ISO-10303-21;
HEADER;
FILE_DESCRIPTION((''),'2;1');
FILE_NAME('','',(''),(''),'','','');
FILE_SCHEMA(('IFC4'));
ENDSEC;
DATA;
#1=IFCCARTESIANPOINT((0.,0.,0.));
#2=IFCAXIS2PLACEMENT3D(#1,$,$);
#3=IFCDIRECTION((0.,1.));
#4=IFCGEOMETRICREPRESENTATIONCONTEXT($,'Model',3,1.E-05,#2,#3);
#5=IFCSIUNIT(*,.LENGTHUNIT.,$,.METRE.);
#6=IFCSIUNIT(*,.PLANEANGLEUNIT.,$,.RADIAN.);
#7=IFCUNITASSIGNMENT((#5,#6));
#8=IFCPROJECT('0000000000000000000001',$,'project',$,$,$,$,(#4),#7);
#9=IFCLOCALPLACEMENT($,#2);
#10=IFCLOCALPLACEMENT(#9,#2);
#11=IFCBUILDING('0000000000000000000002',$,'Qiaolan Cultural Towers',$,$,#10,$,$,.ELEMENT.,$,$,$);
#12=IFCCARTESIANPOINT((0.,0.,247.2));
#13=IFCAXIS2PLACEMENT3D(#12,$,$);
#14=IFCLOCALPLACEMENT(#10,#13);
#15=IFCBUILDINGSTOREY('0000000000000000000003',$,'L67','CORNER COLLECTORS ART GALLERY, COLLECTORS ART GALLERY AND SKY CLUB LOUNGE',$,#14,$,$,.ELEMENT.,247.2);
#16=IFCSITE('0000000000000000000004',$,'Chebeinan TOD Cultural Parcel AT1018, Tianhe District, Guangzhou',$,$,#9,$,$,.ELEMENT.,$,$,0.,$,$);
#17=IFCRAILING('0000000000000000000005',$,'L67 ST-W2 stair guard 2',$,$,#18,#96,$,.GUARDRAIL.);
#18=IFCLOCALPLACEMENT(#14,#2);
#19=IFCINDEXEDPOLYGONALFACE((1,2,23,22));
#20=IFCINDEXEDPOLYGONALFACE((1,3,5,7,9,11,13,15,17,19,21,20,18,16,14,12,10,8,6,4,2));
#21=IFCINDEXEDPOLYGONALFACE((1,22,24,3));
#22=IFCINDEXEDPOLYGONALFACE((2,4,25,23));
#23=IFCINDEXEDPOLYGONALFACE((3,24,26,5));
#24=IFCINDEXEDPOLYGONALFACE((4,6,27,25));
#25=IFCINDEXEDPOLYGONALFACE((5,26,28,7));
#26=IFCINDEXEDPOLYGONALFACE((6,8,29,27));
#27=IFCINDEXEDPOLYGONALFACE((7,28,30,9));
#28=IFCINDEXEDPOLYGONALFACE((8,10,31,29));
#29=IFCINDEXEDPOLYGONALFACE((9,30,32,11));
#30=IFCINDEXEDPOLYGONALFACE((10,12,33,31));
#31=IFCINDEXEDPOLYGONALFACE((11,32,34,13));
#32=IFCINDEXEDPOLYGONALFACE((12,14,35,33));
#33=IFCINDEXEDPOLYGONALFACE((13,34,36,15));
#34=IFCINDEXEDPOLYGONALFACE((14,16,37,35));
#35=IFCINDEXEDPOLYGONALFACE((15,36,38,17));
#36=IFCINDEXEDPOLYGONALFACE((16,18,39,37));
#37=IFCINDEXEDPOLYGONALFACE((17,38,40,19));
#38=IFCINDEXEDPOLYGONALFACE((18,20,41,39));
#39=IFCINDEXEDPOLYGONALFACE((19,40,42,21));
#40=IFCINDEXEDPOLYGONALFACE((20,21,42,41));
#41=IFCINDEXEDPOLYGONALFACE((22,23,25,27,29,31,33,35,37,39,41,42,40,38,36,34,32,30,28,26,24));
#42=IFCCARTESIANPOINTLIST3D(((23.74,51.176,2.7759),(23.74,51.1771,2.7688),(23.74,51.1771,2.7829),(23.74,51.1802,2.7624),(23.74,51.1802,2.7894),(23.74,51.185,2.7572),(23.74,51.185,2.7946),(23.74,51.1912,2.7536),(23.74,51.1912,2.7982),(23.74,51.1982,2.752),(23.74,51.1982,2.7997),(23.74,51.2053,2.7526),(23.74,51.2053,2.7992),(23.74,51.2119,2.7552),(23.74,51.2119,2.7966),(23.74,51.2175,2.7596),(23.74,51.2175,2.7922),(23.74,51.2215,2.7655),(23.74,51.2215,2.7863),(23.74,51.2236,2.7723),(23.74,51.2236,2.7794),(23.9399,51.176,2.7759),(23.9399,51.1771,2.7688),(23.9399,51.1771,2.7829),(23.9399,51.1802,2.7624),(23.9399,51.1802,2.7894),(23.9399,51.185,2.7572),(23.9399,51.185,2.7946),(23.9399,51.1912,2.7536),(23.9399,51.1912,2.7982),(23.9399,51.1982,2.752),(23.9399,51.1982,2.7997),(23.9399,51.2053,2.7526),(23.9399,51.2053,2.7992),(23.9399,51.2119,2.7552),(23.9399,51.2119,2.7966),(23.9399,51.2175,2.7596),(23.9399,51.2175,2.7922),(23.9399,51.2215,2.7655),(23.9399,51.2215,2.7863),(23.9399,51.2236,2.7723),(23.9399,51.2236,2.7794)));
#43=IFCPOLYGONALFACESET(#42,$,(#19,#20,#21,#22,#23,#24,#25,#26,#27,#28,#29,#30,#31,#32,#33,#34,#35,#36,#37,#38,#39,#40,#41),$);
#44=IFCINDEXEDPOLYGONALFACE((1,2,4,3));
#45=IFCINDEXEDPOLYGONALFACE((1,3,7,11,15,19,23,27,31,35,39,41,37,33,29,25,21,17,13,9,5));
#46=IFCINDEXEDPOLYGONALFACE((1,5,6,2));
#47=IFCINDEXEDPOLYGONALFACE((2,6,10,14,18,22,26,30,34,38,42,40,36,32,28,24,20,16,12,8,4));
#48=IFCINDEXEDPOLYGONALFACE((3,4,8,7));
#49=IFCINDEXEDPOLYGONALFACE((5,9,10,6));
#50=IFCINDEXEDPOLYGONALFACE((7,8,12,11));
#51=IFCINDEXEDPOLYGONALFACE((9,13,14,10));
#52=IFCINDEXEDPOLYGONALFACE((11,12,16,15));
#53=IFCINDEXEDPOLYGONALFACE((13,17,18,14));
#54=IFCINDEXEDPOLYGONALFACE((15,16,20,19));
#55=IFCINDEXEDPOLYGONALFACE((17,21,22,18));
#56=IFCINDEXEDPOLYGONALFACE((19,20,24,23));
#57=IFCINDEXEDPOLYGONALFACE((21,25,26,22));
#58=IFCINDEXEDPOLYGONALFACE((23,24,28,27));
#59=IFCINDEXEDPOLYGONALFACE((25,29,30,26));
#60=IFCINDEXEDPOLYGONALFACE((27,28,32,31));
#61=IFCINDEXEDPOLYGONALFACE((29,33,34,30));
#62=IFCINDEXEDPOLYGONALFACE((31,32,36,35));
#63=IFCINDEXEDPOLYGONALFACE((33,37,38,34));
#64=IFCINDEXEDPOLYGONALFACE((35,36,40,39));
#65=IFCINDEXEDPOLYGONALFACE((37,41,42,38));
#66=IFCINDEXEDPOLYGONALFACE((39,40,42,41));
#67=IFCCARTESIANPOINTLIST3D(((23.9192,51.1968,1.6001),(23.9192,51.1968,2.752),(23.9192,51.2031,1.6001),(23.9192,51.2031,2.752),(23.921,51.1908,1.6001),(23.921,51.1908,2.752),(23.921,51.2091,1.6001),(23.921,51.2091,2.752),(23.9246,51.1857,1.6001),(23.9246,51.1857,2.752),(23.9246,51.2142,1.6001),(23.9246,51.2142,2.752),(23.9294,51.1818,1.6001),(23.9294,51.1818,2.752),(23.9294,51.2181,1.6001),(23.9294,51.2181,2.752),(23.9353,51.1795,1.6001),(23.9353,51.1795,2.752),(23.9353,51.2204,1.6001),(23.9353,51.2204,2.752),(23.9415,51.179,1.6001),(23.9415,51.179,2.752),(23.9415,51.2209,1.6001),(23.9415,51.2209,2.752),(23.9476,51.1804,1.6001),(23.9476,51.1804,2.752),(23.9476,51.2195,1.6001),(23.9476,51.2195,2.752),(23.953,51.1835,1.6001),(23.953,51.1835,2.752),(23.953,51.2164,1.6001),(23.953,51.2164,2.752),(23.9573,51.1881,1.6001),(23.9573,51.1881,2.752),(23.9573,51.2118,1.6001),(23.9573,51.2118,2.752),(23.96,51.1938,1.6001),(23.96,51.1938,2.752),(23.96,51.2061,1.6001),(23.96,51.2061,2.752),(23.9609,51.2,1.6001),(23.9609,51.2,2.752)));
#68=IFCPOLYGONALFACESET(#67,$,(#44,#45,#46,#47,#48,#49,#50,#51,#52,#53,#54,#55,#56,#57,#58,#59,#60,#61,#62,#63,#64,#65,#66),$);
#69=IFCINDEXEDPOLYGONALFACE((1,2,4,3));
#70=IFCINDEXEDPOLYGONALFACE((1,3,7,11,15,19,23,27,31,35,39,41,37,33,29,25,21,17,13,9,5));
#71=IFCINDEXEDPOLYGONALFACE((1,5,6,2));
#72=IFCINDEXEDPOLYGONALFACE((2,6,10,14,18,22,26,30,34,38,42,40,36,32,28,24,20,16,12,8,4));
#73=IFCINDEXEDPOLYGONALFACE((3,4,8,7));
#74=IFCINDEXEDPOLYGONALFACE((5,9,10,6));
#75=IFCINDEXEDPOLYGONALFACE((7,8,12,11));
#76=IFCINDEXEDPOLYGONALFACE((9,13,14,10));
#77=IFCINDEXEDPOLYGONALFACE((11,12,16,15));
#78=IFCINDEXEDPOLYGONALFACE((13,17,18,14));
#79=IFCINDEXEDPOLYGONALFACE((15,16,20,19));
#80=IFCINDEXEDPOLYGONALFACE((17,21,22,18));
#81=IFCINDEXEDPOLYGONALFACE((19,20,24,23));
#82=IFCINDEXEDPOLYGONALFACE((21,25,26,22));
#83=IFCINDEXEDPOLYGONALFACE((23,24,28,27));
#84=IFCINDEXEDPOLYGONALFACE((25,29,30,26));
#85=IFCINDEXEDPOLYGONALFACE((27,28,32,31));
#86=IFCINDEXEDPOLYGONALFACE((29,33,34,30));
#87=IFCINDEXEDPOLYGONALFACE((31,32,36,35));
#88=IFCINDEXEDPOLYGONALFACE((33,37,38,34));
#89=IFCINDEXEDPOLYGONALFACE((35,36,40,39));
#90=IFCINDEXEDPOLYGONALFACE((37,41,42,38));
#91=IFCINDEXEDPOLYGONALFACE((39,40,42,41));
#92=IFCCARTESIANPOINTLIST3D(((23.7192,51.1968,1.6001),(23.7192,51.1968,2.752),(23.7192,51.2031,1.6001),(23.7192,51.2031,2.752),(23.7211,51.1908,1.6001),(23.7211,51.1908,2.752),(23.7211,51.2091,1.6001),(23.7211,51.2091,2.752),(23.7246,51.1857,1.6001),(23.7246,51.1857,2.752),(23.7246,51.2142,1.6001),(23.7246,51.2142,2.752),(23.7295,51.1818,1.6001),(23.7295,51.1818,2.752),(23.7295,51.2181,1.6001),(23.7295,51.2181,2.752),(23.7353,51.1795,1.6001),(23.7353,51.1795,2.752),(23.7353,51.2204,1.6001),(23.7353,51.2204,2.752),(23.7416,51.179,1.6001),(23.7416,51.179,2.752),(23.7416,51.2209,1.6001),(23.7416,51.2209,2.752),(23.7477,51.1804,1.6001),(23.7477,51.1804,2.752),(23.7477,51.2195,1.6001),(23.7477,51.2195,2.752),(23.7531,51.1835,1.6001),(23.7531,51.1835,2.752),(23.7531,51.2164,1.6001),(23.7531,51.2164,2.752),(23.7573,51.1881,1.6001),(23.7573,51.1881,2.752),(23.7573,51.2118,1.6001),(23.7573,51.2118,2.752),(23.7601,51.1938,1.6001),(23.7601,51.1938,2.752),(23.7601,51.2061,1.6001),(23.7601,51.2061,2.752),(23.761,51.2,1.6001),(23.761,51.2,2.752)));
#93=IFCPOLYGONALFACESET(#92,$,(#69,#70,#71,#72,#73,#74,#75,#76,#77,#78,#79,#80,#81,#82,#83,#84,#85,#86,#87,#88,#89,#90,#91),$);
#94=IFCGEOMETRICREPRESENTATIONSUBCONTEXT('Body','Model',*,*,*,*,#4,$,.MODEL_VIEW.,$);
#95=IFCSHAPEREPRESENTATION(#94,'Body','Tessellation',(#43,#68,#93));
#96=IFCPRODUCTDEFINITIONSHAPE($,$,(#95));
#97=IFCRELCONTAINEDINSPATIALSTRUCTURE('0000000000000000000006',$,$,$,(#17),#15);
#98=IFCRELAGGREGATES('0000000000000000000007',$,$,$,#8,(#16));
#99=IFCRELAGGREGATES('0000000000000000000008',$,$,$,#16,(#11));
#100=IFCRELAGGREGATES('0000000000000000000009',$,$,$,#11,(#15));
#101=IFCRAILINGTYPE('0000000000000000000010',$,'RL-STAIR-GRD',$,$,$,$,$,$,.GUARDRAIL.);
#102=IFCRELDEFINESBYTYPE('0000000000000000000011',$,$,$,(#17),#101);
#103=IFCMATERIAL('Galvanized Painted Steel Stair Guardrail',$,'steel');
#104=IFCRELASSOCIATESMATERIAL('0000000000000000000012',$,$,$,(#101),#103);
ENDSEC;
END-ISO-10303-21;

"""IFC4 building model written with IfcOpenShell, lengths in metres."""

from ifc_helpers import new_model, si_unit, direction, frame, origin, origin_2d, place, context, subcontext, project, spatial, circle, extrude, material, type_object, element, save


model = new_model("IFC4")

# Units and contexts
model_context = context("Model", 3, precision=1e-05, world=origin(), true_north=direction((0.0, 1.0)))
body_context = subcontext(model_context, "Body", "Model", "MODEL_VIEW")
ifc_project = project(units=[si_unit("LENGTHUNIT", "METRE"), si_unit("PLANEANGLEUNIT", "RADIAN")], contexts=[model_context])

# Site, building, storey
site_placement = place(None, origin())
site = spatial("IfcSite", under=ifc_project, at=site_placement, Name="Chebeinan TOD Cultural Parcel AT1018, Tianhe District, Guangzhou", CompositionType="ELEMENT", RefElevation=0.0)
building_placement = place(site_placement, origin())
building = spatial("IfcBuilding", under=site, at=building_placement, Name="Qiaolan Cultural Towers", CompositionType="ELEMENT")
storey_placement = place(building_placement, frame((0.0, 0.0, 247.2)))
storey = spatial("IfcBuildingStorey", under=building, at=storey_placement, Name="L67", Description="CORNER COLLECTORS ART GALLERY, COLLECTORS ART GALLERY AND SKY CLUB LOUNGE", CompositionType="ELEMENT", Elevation=247.2)

# Railing
ifc_material_1 = material(Name="Galvanized Painted Steel Stair Guardrail", Category="steel")
railing_type_1 = type_object("IfcRailingType", Name="RL-STAIR-GRD", PredefinedType="GUARDRAIL", material=ifc_material_1)
railing_1_placement = place(storey_placement, frame((23.9399, 51.2, 1.6001)))
element("IfcRailing", 1, at=railing_1_placement, inside=storey, type_object=railing_type_1, Name="L67 ST-W2 stair guard 2", PredefinedType="GUARDRAIL", context=body_context, shape_type="SweptSolid", body=[
    extrude(circle(Radius=0.0239, at=origin_2d()), frame((0.0, 0.0, 1.1758), z_axis=(-1.0, 0.0, 0.0), x_axis=(0.0, -1.0, 0.0)), (0.0, 0.0, 1.0), 0.2),
    extrude(circle(Radius=0.021, at=origin_2d()), origin(), (0.0, 0.0, 1.0), 1.1519),
    extrude(circle(Radius=0.021, at=origin_2d()), frame((-0.2, 0.0, 0.0)), (0.0, 0.0, 1.0), 1.1519),
])

save(model, "model.ifc")
